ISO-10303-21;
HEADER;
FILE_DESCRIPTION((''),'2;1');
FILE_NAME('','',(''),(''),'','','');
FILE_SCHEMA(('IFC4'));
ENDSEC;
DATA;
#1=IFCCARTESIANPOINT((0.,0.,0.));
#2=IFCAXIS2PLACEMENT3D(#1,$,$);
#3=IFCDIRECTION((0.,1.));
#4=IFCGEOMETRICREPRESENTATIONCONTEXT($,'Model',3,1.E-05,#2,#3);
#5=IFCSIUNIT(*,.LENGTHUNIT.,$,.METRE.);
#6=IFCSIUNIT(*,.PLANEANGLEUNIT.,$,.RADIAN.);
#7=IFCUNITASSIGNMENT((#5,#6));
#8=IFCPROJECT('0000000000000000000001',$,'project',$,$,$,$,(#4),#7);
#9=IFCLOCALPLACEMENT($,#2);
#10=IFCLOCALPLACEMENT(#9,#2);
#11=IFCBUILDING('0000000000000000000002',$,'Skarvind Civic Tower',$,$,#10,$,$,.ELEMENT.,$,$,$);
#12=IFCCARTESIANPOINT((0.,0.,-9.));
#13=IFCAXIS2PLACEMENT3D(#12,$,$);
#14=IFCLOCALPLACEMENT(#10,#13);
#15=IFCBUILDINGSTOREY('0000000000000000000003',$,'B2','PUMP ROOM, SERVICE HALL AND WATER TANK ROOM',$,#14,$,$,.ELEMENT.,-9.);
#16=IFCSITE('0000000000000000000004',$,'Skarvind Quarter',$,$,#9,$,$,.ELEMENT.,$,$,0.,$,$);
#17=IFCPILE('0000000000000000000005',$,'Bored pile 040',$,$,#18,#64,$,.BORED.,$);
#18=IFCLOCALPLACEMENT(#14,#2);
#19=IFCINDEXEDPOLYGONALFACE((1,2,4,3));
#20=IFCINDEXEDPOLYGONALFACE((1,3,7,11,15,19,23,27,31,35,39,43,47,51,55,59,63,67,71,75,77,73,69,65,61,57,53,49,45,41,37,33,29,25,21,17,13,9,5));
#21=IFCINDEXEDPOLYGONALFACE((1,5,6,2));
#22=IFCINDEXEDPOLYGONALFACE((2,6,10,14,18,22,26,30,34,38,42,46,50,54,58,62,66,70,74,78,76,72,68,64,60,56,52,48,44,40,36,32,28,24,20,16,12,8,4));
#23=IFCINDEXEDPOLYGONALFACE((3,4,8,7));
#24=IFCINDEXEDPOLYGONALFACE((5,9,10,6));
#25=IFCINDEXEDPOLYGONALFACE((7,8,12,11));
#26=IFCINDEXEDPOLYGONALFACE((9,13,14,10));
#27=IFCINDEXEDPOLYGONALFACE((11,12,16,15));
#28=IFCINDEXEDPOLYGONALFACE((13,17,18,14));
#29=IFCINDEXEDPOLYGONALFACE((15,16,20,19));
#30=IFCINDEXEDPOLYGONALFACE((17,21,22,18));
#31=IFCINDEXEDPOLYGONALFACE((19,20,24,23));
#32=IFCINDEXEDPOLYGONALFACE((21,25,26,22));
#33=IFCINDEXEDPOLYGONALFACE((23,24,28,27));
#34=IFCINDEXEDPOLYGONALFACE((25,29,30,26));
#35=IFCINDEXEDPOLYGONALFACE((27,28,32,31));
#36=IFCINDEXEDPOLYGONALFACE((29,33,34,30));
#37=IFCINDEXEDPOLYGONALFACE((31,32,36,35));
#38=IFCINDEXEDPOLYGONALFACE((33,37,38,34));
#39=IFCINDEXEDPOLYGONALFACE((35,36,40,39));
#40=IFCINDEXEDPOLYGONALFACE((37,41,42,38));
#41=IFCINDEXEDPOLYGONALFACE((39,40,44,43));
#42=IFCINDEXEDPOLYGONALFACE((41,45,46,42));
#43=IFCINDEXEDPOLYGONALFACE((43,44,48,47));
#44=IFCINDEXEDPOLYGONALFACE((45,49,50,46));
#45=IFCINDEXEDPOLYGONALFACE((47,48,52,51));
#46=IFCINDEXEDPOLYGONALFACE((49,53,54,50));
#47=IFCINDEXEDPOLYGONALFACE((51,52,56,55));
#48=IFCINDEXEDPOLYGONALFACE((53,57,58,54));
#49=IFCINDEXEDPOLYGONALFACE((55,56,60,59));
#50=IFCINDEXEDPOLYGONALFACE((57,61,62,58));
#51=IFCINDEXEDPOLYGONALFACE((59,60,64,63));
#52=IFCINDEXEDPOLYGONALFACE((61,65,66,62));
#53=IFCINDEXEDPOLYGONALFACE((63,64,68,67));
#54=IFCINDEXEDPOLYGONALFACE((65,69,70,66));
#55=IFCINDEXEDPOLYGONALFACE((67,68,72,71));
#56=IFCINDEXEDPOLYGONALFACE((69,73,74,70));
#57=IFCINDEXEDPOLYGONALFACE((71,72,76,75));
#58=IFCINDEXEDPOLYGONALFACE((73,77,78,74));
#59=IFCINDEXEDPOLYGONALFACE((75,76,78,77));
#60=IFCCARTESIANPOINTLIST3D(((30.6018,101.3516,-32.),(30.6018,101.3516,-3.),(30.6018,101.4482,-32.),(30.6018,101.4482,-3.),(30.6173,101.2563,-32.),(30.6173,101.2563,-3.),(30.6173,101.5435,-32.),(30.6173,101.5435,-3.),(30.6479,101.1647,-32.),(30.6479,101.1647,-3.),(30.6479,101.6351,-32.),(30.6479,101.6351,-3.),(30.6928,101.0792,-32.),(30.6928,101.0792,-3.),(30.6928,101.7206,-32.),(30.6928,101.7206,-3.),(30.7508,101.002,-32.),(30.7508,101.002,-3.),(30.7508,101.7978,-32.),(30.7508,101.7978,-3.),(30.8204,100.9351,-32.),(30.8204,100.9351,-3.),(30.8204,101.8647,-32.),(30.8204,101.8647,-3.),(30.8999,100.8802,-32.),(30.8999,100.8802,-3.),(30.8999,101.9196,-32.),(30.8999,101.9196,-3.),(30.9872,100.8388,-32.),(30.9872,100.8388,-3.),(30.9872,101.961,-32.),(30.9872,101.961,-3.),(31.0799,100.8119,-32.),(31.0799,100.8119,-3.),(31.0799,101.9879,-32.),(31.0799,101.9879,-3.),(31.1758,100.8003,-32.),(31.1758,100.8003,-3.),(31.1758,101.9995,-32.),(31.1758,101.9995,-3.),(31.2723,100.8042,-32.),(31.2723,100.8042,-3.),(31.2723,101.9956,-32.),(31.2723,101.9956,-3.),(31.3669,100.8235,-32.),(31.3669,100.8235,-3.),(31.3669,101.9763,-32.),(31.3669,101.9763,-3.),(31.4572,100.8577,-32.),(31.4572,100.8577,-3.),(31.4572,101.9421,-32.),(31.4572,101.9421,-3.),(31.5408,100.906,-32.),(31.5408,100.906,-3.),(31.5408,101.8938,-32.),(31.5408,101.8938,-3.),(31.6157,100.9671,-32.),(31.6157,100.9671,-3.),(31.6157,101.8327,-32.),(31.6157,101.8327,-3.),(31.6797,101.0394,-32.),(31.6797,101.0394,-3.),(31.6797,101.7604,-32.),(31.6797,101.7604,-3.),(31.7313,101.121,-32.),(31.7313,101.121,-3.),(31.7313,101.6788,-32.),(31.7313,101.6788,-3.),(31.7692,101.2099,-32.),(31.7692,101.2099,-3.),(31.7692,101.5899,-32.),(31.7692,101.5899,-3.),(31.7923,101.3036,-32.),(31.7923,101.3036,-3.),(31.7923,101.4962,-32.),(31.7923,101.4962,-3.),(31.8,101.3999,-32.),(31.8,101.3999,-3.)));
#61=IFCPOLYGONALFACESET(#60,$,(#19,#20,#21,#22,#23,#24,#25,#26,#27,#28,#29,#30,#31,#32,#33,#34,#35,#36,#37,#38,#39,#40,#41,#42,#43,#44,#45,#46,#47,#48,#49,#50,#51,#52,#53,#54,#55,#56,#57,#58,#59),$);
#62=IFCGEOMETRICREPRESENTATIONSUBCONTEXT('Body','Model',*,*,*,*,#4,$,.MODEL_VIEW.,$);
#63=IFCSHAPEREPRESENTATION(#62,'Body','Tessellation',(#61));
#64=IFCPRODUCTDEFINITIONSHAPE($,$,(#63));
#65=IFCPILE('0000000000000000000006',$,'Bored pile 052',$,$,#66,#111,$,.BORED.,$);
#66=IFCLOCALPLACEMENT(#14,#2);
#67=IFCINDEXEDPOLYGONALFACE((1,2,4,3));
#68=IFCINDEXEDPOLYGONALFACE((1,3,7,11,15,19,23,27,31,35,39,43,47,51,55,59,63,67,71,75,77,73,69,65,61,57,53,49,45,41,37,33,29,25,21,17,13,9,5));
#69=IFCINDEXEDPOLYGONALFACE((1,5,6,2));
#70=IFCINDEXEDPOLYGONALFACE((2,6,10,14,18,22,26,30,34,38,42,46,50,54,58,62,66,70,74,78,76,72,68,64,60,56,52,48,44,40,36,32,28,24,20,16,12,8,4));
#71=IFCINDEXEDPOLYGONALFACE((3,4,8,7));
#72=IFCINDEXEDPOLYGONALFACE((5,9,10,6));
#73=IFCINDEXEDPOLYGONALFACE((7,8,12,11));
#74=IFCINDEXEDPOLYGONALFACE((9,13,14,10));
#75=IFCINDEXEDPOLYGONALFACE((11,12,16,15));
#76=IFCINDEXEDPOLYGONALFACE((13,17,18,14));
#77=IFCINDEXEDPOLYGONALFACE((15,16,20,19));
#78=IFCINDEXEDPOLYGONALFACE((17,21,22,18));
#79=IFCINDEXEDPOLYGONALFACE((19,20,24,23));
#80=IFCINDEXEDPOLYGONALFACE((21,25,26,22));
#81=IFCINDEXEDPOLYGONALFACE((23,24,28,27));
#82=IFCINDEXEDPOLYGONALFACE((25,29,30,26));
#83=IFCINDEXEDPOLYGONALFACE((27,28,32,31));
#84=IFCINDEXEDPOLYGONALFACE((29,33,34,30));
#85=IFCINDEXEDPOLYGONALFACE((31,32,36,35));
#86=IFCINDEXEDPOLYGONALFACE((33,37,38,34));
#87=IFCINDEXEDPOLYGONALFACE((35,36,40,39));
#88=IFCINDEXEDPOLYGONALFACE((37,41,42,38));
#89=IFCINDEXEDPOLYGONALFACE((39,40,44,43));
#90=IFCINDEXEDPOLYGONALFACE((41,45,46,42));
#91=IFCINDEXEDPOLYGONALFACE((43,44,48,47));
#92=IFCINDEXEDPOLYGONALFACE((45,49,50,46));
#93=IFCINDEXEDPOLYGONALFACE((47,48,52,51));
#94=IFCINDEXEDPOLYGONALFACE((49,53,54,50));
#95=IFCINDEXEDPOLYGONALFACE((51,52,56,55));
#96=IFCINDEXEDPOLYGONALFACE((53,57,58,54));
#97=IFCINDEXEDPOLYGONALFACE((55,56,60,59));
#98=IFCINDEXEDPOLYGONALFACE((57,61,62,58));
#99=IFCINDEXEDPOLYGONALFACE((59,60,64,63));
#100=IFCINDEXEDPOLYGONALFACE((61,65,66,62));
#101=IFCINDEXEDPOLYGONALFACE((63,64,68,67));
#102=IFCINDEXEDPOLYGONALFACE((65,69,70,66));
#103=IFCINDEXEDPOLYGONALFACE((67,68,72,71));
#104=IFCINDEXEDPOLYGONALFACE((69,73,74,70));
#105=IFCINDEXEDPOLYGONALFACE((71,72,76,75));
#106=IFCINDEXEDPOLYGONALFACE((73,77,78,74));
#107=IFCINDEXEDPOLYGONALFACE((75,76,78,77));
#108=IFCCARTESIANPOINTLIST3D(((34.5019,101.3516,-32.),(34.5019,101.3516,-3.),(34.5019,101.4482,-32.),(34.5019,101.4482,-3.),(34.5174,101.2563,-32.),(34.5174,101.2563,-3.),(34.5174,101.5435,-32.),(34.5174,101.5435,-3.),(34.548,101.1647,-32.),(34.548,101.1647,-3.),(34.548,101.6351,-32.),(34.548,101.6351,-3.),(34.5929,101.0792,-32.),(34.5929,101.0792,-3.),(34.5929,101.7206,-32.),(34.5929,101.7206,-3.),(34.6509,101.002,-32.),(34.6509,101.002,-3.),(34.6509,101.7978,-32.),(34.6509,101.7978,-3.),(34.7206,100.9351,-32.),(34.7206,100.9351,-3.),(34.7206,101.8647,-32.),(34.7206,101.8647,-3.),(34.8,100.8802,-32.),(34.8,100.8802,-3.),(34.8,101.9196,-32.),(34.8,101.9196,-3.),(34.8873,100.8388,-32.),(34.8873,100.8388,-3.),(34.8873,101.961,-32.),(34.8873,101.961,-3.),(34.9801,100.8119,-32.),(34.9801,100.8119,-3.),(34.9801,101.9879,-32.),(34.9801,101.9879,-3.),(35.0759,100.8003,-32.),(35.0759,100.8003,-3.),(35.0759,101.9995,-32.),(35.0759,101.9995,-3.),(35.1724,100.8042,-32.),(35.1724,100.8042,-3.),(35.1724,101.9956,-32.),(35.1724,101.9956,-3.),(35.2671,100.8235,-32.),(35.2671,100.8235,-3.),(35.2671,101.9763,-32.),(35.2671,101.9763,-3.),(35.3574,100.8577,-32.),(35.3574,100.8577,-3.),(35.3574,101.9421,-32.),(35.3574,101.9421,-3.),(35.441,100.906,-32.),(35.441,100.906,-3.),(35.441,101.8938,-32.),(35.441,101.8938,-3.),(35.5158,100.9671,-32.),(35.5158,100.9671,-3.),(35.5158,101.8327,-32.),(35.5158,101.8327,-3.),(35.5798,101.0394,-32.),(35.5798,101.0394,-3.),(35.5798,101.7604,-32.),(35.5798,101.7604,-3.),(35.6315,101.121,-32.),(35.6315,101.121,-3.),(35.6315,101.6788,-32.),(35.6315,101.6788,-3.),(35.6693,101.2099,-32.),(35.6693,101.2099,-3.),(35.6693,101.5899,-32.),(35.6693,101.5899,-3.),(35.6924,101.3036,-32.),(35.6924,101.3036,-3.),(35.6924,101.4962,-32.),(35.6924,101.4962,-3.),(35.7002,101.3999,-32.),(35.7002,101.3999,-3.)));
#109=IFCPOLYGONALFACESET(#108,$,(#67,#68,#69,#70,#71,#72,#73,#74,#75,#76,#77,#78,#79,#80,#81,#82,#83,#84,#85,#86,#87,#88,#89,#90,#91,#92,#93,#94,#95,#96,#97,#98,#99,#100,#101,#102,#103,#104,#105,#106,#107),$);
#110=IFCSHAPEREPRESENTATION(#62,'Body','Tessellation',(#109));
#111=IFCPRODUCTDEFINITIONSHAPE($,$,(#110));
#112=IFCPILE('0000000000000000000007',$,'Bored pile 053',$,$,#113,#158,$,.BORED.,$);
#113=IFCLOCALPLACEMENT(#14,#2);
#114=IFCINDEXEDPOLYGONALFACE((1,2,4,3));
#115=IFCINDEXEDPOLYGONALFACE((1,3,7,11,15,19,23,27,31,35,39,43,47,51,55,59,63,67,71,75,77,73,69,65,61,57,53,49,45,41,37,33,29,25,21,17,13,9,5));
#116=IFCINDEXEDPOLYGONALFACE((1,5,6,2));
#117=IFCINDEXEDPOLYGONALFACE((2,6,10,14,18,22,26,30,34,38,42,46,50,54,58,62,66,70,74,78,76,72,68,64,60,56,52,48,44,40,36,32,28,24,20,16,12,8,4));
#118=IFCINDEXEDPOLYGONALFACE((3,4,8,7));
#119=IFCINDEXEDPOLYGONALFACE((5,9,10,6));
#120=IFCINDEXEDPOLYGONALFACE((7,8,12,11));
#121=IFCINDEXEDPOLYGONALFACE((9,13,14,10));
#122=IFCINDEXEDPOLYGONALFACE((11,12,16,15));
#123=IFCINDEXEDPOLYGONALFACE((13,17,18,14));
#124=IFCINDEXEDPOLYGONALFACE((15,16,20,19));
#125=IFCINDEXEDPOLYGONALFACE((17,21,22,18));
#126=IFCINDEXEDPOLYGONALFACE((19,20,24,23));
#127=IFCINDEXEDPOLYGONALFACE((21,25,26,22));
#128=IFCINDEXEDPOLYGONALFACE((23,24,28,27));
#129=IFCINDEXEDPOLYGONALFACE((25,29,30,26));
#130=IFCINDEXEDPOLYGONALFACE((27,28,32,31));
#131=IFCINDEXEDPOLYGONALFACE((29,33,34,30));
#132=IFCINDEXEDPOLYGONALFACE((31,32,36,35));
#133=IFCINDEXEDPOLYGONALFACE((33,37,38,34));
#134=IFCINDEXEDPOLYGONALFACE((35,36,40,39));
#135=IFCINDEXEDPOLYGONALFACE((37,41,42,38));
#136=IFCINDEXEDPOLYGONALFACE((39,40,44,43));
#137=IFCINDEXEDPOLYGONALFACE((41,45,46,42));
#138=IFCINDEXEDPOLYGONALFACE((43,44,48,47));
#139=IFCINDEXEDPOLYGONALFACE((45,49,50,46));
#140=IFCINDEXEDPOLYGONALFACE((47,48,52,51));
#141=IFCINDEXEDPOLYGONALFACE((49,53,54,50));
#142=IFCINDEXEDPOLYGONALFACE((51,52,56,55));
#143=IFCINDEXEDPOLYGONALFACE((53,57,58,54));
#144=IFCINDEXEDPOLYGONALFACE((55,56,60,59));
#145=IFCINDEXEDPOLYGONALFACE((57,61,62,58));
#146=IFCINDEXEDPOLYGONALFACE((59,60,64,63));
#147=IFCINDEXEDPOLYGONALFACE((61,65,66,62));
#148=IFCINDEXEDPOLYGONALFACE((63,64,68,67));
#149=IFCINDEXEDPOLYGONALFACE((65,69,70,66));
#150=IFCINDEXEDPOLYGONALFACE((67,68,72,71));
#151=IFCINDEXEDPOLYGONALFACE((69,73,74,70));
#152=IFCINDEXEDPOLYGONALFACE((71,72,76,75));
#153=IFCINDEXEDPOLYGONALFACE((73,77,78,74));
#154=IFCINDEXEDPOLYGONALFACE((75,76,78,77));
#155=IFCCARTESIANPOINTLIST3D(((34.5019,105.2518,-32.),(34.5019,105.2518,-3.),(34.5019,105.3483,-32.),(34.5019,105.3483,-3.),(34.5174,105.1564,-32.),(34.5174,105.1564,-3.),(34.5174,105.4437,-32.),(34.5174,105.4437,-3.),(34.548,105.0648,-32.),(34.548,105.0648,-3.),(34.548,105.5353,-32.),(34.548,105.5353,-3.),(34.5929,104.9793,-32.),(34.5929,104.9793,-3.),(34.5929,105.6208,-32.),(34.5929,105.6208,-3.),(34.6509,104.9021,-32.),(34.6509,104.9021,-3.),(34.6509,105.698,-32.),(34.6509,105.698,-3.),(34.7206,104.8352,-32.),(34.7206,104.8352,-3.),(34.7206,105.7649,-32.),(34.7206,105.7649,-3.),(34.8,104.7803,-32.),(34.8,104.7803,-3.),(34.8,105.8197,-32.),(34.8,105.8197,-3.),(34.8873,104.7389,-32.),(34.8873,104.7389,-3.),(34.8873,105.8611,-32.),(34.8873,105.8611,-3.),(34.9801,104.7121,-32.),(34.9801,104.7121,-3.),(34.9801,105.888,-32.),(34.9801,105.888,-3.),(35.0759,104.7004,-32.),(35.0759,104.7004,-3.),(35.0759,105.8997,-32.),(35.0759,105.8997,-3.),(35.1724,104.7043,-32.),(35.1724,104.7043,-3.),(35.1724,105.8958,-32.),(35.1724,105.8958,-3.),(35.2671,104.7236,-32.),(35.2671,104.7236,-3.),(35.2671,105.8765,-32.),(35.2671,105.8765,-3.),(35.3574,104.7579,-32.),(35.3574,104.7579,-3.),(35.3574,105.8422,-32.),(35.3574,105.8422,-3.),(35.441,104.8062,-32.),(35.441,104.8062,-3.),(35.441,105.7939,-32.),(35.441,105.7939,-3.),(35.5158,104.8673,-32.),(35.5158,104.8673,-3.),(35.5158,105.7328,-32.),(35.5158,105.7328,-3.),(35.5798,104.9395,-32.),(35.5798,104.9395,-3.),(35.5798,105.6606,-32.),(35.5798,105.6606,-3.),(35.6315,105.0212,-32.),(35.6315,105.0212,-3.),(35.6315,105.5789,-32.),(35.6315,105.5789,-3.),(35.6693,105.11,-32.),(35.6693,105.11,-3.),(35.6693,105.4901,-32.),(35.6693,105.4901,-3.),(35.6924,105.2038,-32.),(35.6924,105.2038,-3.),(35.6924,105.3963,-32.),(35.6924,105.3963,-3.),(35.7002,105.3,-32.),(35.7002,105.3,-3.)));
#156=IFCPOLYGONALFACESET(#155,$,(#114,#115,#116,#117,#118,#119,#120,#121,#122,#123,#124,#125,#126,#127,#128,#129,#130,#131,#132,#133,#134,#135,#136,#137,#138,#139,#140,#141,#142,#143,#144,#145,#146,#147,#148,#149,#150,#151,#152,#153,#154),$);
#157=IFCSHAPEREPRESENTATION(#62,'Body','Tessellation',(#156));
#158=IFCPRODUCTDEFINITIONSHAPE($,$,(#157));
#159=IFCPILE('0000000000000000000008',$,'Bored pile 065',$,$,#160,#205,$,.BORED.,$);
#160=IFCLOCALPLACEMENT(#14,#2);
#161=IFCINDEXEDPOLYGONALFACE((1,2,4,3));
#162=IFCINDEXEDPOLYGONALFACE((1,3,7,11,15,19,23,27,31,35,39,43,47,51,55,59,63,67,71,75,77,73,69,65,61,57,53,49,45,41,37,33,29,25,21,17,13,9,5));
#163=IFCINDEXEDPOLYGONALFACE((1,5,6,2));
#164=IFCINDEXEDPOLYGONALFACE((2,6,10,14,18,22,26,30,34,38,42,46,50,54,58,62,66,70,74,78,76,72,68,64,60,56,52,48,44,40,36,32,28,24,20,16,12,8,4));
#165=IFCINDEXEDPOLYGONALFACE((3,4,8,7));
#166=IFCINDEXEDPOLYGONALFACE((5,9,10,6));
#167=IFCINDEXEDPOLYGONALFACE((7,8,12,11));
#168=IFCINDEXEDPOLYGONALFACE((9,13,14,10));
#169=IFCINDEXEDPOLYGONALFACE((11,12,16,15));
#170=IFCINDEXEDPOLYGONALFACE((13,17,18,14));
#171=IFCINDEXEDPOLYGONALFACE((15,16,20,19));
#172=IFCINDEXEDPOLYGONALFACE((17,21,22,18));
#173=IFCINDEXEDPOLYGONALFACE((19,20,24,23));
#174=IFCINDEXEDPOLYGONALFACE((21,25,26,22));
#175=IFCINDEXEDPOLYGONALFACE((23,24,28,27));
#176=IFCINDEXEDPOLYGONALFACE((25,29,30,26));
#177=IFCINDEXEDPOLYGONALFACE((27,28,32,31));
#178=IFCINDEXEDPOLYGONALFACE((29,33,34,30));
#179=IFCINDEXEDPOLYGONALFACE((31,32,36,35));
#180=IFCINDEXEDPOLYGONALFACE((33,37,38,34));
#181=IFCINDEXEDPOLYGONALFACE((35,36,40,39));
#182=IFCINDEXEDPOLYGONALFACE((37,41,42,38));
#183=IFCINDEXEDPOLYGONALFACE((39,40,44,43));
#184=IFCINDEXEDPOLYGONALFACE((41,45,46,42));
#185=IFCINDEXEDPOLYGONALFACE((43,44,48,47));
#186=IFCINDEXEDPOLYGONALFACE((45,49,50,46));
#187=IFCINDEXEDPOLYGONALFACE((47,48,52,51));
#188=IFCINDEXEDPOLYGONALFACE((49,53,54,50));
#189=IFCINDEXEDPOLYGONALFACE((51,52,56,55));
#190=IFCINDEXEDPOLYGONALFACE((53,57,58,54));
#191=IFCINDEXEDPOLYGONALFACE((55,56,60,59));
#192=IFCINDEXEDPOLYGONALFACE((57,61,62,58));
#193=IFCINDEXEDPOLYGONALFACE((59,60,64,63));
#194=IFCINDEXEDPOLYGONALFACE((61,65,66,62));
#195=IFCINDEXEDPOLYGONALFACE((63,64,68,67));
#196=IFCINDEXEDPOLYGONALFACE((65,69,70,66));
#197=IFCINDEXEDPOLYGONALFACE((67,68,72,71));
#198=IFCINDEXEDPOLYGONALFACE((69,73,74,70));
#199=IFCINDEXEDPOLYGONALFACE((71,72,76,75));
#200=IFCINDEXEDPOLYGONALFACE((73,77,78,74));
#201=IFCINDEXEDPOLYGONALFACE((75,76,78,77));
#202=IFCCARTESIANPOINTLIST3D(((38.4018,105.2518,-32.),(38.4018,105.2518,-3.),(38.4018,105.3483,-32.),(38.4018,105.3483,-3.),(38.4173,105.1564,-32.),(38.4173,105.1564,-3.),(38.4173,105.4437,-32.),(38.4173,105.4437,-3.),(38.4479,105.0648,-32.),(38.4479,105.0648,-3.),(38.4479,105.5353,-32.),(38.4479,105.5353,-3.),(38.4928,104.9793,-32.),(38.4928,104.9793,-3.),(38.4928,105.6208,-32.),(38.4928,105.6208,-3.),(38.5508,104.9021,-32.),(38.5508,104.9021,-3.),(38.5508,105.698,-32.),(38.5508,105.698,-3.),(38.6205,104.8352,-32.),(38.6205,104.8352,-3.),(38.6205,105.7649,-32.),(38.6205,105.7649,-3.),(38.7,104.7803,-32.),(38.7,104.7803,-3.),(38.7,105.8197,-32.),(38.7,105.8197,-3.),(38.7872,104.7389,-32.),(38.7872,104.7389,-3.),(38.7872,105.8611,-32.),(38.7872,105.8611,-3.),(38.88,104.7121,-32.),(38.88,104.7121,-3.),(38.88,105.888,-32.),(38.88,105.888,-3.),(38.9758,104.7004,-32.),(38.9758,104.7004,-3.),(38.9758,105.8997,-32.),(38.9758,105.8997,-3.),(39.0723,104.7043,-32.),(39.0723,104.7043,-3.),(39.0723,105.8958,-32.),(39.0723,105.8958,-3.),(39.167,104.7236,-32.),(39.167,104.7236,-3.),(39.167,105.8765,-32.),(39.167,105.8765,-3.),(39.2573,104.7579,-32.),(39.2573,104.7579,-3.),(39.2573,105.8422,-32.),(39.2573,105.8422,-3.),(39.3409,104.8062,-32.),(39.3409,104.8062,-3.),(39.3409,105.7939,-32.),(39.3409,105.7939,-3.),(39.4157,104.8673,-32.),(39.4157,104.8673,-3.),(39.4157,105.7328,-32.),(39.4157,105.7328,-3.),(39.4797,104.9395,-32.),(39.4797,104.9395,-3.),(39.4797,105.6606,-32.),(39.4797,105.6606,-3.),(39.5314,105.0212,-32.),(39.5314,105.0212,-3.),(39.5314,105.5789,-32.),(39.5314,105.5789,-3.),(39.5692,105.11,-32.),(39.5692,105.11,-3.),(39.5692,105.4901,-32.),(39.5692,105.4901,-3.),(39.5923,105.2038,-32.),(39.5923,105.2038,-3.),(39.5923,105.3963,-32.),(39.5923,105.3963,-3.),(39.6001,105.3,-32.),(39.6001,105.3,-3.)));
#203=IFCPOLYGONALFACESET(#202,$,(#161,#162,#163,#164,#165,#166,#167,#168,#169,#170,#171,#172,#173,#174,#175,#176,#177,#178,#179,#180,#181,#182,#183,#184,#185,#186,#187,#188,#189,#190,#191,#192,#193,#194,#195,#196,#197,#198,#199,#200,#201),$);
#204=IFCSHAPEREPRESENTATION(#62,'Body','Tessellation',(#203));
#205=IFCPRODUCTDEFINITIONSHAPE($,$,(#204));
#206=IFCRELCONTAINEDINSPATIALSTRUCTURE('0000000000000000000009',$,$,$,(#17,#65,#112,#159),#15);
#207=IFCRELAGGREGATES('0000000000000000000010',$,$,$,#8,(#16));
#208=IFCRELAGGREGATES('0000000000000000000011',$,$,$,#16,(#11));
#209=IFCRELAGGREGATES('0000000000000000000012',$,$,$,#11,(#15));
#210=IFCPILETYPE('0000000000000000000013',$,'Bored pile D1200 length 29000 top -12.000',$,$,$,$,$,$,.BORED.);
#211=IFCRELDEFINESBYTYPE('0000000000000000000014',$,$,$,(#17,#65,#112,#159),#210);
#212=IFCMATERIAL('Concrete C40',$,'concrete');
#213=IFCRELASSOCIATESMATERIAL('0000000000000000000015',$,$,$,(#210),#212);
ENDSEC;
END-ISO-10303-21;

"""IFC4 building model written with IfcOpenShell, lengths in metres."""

from ifc_helpers import new_model, si_unit, direction, frame, origin, origin_2d, place, context, subcontext, project, spatial, circle, extrude, material, type_object, element, save


model = new_model("IFC4")

# Units and contexts
model_context = context("Model", 3, precision=1e-05, world=origin(), true_north=direction((0.0, 1.0)))
body_context = subcontext(model_context, "Body", "Model", "MODEL_VIEW")
ifc_project = project(units=[si_unit("LENGTHUNIT", "METRE"), si_unit("PLANEANGLEUNIT", "RADIAN")], contexts=[model_context])

# Site, building, storey
site_placement = place(None, origin())
site = spatial("IfcSite", under=ifc_project, at=site_placement, Name="Skarvind Quarter", CompositionType="ELEMENT", RefElevation=0.0)
building_placement = place(site_placement, origin())
building = spatial("IfcBuilding", under=site, at=building_placement, Name="Skarvind Civic Tower", CompositionType="ELEMENT")
storey_placement = place(building_placement, frame((0.0, 0.0, -9.0)))
storey = spatial("IfcBuildingStorey", under=building, at=storey_placement, Name="B2", Description="PUMP ROOM, SERVICE HALL AND WATER TANK ROOM", CompositionType="ELEMENT", Elevation=-9.0)

# Piles
ifc_material_1 = material(Name="Concrete C40", Category="concrete")
pile_type_1 = type_object("IfcPileType", Name="Bored pile D1200 length 29000 top -12.000", PredefinedType="BORED", material=ifc_material_1)
for number, where, z_axis, x_axis, name in (
    (1, (31.2, 101.3999, -3.0), (0.0, 0.0, -1.0), (1.0, 0.0, 0.0), "Bored pile 040"),
    (2, (35.1001, 101.3999, -3.0), (0.0, 0.0, -1.0), (1.0, 0.0, 0.0), "Bored pile 052"),
    (3, (35.1001, 105.3, -3.0), (0.0, 0.0, -1.0), (1.0, 0.0, 0.0), "Bored pile 053"),
    (4, (39.0, 105.3, -3.0), (0.0, 0.0, -1.0), (1.0, 0.0, 0.0), "Bored pile 065"),
):
    element("IfcPile", number, at=place(storey_placement, frame(where, z_axis=z_axis, x_axis=x_axis)), inside=storey, type_object=pile_type_1, Name=name, PredefinedType="BORED", context=body_context, shape_type="SweptSolid", body=[
        extrude(circle(Radius=0.6001, at=origin_2d()), origin(), (0.0, 0.0, 1.0), 29.0),
    ])

save(model, "model.ifc")
